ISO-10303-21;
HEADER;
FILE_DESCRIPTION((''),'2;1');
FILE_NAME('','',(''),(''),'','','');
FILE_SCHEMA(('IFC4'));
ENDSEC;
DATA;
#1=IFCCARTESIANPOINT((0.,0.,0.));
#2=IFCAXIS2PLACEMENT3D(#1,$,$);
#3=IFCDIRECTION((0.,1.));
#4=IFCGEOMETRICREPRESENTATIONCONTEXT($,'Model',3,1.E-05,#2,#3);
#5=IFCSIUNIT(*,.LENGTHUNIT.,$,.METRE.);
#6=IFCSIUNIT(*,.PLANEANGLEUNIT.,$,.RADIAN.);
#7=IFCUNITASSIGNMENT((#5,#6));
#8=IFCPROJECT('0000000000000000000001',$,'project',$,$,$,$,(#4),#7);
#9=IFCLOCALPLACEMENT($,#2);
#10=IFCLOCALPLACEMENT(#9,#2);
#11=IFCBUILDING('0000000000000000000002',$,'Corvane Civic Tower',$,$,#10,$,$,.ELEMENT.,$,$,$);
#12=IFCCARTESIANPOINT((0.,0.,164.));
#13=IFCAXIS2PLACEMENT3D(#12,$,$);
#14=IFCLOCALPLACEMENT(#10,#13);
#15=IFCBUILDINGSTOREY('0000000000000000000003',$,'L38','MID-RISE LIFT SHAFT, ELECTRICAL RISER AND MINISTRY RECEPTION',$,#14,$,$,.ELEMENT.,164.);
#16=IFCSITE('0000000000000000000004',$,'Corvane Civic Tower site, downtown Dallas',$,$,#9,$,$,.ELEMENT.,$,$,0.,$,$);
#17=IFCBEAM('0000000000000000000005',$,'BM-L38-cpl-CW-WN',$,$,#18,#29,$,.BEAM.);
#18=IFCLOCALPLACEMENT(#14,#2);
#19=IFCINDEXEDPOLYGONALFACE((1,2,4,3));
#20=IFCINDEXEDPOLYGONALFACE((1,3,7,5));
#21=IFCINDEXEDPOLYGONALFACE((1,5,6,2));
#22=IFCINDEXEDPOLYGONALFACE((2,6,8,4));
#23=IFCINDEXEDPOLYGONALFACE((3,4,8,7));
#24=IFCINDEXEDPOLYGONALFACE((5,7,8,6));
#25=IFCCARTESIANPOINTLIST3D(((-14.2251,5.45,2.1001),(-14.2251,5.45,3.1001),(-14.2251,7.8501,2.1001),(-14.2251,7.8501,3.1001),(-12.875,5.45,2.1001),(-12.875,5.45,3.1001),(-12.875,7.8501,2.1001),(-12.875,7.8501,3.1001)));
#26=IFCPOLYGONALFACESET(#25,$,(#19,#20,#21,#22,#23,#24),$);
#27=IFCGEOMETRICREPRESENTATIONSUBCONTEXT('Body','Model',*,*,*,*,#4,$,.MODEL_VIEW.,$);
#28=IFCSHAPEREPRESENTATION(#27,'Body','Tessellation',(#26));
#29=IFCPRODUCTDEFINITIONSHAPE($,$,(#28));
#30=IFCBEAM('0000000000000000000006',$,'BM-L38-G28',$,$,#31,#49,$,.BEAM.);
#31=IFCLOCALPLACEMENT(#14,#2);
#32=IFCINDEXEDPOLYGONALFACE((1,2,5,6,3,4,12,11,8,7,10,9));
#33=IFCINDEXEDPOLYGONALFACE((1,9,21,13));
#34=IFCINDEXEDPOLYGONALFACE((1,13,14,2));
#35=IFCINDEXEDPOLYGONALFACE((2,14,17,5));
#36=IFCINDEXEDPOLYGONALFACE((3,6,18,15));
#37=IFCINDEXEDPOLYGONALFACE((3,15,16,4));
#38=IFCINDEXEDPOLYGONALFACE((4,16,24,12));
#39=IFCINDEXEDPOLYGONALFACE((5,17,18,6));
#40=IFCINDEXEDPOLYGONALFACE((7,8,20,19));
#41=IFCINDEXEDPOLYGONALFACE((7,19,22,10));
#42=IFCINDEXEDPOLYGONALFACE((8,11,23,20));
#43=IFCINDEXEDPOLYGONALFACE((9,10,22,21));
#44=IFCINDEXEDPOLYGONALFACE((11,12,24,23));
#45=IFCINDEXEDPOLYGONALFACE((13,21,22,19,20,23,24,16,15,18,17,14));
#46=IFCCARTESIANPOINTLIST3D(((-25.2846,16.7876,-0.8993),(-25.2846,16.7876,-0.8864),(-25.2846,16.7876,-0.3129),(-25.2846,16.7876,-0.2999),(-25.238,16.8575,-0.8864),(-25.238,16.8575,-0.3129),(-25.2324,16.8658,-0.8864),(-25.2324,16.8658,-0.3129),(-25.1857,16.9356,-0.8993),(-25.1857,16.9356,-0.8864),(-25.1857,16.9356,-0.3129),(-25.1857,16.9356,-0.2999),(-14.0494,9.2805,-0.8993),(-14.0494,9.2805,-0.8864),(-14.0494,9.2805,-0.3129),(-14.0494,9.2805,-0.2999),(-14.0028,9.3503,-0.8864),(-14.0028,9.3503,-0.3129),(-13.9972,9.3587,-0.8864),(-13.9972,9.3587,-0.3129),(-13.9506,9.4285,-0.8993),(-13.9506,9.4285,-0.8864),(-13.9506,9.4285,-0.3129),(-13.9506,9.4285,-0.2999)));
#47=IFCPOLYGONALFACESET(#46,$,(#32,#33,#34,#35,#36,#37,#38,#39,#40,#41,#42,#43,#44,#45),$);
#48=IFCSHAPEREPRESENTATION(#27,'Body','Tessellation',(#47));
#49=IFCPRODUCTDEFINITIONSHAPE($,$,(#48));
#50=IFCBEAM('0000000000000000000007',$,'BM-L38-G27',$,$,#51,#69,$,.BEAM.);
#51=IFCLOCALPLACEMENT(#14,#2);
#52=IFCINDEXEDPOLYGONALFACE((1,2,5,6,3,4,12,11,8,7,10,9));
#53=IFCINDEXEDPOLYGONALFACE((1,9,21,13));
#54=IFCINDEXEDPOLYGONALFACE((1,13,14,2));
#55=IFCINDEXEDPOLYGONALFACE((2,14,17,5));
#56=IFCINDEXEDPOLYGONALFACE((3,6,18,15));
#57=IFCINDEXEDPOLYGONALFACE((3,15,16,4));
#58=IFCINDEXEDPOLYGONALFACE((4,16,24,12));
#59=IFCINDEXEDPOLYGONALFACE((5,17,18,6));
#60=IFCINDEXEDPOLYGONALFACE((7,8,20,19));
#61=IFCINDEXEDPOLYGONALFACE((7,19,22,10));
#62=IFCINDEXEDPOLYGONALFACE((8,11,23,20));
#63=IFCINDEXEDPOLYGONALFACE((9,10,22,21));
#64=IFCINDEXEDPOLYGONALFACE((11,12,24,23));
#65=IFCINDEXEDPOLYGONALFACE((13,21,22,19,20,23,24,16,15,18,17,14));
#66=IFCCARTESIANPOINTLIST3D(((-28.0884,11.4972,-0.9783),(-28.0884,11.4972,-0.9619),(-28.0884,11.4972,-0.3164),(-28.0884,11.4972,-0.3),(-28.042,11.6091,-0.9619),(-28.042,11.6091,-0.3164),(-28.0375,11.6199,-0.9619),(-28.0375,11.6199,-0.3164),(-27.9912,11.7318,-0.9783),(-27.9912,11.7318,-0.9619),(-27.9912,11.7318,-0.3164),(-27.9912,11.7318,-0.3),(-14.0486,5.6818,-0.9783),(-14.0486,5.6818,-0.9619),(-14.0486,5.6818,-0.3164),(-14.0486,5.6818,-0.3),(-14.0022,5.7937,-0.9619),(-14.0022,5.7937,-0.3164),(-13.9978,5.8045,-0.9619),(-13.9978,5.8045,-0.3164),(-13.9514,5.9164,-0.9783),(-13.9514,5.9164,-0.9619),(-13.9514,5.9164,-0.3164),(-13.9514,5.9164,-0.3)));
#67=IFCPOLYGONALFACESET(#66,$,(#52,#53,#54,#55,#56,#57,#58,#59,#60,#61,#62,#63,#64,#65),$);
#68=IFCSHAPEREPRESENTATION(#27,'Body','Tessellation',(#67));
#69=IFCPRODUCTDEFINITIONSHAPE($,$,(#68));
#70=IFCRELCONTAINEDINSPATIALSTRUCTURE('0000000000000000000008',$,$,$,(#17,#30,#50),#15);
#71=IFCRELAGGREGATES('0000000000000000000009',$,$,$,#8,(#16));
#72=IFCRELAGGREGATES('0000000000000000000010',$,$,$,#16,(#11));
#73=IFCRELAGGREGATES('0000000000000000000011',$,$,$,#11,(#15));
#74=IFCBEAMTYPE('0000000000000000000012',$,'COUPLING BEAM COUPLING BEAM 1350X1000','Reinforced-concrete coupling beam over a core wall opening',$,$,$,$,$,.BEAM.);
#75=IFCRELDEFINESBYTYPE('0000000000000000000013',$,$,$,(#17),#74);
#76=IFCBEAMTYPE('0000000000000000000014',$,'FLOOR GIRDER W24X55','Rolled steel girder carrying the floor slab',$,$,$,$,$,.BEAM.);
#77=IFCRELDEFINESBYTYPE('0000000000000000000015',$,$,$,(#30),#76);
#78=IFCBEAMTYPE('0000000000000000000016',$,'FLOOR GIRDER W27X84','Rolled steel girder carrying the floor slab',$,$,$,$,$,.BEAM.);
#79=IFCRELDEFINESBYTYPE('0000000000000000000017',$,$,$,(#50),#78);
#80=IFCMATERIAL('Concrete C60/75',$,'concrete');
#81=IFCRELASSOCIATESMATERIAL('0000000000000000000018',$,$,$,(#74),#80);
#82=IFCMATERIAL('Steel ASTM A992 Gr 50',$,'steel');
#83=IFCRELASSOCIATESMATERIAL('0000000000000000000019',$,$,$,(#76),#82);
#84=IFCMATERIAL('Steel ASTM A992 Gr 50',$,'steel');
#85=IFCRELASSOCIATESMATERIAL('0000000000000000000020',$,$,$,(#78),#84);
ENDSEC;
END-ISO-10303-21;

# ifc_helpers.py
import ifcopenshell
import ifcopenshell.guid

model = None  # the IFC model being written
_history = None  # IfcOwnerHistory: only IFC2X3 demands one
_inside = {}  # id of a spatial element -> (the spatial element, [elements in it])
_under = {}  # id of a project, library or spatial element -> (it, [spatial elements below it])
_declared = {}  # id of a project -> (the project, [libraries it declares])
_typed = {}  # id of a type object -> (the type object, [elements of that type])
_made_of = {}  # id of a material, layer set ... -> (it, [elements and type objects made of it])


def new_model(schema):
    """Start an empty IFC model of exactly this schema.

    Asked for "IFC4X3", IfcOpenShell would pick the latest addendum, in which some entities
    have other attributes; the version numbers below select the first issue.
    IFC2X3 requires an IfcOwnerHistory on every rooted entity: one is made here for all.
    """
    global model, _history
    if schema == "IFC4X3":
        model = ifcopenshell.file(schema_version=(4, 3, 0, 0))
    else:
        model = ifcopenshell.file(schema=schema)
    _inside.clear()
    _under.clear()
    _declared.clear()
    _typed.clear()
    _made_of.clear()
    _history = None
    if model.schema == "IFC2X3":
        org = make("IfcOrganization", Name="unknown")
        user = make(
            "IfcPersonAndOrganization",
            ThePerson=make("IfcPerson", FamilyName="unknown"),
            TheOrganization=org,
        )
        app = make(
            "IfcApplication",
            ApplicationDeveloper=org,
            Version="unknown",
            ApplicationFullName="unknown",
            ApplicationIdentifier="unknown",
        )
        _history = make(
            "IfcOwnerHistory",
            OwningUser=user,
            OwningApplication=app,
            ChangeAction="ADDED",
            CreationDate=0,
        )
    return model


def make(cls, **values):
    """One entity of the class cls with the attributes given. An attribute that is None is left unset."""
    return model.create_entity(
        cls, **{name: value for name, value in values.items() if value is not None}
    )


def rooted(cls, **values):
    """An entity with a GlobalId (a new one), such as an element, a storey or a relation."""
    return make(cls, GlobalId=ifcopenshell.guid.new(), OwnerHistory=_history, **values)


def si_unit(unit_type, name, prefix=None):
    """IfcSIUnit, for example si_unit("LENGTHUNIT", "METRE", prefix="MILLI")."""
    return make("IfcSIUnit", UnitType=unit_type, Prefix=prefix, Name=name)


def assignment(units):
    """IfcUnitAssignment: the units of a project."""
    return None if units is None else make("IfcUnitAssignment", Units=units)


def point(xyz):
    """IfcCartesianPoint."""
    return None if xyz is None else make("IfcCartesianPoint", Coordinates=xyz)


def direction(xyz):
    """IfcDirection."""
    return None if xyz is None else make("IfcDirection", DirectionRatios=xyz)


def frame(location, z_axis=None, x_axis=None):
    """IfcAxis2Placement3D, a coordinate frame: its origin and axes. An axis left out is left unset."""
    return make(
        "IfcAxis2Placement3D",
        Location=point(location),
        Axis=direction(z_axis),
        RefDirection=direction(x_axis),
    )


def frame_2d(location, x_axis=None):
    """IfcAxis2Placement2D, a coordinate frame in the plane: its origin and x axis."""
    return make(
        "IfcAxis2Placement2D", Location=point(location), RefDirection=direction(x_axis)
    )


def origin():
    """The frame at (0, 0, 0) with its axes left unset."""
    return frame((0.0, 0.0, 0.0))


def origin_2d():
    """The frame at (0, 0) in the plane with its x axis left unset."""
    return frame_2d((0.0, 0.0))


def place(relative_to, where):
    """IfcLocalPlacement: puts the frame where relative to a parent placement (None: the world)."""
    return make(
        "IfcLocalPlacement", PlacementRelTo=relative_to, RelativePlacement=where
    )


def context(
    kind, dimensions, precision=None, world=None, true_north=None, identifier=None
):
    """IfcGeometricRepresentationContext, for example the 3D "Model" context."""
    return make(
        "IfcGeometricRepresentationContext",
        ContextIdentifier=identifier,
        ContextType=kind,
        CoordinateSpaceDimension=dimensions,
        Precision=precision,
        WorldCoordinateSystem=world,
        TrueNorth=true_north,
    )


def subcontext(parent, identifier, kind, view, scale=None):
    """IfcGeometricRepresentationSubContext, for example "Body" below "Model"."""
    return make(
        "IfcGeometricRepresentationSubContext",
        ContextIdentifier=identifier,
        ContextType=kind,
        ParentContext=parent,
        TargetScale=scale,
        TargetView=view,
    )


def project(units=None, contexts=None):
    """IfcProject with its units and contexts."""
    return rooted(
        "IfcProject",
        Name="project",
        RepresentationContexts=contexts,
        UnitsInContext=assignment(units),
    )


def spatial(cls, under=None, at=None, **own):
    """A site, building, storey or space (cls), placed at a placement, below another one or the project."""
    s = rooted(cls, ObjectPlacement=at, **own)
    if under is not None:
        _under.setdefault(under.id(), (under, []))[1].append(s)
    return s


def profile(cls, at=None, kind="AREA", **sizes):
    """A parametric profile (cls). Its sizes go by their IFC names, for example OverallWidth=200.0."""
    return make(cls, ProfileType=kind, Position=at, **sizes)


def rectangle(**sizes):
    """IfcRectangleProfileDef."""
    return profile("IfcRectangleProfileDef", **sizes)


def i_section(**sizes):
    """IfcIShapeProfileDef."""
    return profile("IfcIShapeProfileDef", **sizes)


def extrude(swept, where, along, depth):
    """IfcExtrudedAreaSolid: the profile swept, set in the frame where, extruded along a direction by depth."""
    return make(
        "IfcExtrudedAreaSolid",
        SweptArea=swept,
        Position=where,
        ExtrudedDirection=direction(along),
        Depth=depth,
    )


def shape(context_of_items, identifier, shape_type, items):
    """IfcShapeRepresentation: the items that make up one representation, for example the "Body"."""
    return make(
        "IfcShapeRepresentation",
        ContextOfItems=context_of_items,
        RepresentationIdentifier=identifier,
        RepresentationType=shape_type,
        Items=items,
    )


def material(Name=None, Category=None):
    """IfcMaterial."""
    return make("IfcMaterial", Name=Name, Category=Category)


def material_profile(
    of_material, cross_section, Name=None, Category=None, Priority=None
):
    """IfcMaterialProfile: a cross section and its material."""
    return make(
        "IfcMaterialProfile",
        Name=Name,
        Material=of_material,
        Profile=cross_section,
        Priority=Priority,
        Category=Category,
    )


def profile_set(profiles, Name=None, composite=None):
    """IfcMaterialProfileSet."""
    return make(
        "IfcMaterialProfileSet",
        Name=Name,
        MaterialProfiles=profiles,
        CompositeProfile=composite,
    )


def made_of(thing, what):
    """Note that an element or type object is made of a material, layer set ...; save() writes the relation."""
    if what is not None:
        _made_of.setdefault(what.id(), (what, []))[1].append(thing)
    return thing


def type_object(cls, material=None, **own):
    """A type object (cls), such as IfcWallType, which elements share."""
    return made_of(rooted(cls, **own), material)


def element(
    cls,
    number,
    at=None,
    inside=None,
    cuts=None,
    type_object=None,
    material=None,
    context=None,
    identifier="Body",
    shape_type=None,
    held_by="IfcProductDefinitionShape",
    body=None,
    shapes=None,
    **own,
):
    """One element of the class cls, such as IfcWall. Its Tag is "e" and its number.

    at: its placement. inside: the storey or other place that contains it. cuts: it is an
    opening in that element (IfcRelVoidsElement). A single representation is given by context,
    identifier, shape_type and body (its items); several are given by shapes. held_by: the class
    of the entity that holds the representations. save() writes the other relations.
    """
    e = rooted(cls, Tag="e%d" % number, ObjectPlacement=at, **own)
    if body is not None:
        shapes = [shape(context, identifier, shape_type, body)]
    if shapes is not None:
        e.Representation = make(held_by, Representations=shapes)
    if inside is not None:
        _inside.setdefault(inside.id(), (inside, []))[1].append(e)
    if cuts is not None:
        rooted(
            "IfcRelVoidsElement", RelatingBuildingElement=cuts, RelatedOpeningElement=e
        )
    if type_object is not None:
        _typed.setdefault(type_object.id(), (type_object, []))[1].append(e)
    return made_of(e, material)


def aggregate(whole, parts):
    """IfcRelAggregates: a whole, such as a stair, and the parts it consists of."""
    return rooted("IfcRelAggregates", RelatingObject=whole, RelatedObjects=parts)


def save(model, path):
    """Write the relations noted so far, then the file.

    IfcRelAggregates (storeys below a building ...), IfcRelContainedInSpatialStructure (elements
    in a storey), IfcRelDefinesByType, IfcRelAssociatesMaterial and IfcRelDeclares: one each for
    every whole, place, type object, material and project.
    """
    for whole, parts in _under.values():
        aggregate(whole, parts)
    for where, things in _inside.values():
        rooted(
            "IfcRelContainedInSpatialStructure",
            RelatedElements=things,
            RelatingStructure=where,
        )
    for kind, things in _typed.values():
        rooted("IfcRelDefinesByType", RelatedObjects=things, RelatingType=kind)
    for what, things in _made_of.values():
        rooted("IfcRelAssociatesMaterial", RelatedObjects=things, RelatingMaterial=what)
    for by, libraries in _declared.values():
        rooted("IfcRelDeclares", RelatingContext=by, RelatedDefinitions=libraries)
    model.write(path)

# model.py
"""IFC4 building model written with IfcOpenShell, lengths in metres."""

from ifc_helpers import new_model, si_unit, direction, frame, origin, origin_2d, place, context, subcontext, project, spatial, rectangle, i_section, extrude, material, material_profile, profile_set, type_object, element, save


model = new_model("IFC4")

# Units and contexts
model_context = context("Model", 3, precision=1e-05, world=origin(), true_north=direction((0.0, 1.0)))
body_context = subcontext(model_context, "Body", "Model", "MODEL_VIEW")
ifc_project = project(units=[si_unit("LENGTHUNIT", "METRE"), si_unit("PLANEANGLEUNIT", "RADIAN")], contexts=[model_context])

# Site, building, storey
site_placement = place(None, origin())
site = spatial("IfcSite", under=ifc_project, at=site_placement, Name="Corvane Civic Tower site, downtown Dallas", CompositionType="ELEMENT", RefElevation=0.0)
building_placement = place(site_placement, origin())
building = spatial("IfcBuilding", under=site, at=building_placement, Name="Corvane Civic Tower", CompositionType="ELEMENT")
storey_placement = place(building_placement, frame((0.0, 0.0, 164.0)))
storey = spatial("IfcBuildingStorey", under=building, at=storey_placement, Name="L38", Description="MID-RISE LIFT SHAFT, ELECTRICAL RISER AND MINISTRY RECEPTION", CompositionType="ELEMENT", Elevation=164.0)

# Beams
ifc_material_1 = material(Name="Concrete C60/75", Category="concrete")
ifc_material_profile_1 = material_profile(ifc_material_1, rectangle(XDim=1.3501, YDim=1.0, at=origin_2d()), Name="COUPLING BEAM 1350X1000")
ifc_profile_set_1 = profile_set([ifc_material_profile_1], Name="Concrete C60/75")
beam_type_1 = type_object("IfcBeamType", Name="COUPLING BEAM COUPLING BEAM 1350X1000", Description="Reinforced-concrete coupling beam over a core wall opening", PredefinedType="BEAM", material=ifc_profile_set_1)
beam_1_placement = place(storey_placement, frame((-13.55, 5.45, 2.6001), z_axis=(0.0, 1.0, 0.0), x_axis=(-1.0, 0.0, 0.0)))
element("IfcBeam", 1, at=beam_1_placement, inside=storey, type_object=beam_type_1, Name="BM-L38-cpl-CW-WN", PredefinedType="BEAM", context=body_context, shape_type="SweptSolid", body=[
    extrude(rectangle(XDim=1.3501, YDim=1.0, at=origin_2d()), origin(), (0.0, 0.0, 1.0), 2.4001),
])
ifc_material_2 = material(Name="Steel ASTM A992 Gr 50", Category="steel")
ifc_material_profile_2 = material_profile(ifc_material_2, i_section(OverallWidth=0.178, OverallDepth=0.5994, WebThickness=0.01, FlangeThickness=0.0129, at=origin_2d()), Name="W24X55")
ifc_profile_set_2 = profile_set([ifc_material_profile_2], Name="Steel ASTM A992 Gr 50")
beam_type_2 = type_object("IfcBeamType", Name="FLOOR GIRDER W24X55", Description="Rolled steel girder carrying the floor slab", PredefinedType="BEAM", material=ifc_profile_set_2)
beam_2_placement = place(storey_placement, frame((-14.0, 9.3545, -0.5996), z_axis=(-0.831469, 0.555571, 0.0), x_axis=(-0.555571, -0.831469, 0.0)))
element("IfcBeam", 2, at=beam_2_placement, inside=storey, type_object=beam_type_2, Name="BM-L38-G28", PredefinedType="BEAM", context=body_context, shape_type="SweptSolid", body=[
    extrude(i_section(OverallWidth=0.178, OverallDepth=0.5994, WebThickness=0.01, FlangeThickness=0.0129, at=origin_2d()), origin(), (0.0, 0.0, 1.0), 13.5125),
])
ifc_material_3 = material(Name="Steel ASTM A992 Gr 50", Category="steel")
ifc_material_profile_3 = material_profile(ifc_material_3, i_section(OverallWidth=0.2539, OverallDepth=0.6782, WebThickness=0.0117, FlangeThickness=0.0164, at=origin_2d()), Name="W27X84")
ifc_profile_set_3 = profile_set([ifc_material_profile_3], Name="Steel ASTM A992 Gr 50")
beam_type_3 = type_object("IfcBeamType", Name="FLOOR GIRDER W27X84", Description="Rolled steel girder carrying the floor slab", PredefinedType="BEAM", material=ifc_profile_set_3)
beam_3_placement = place(storey_placement, frame((-14.0, 5.7991, -0.6392), z_axis=(-0.923881, 0.382681, 0.0), x_axis=(-0.382681, -0.923881, 0.0)))
element("IfcBeam", 3, at=beam_3_placement, inside=storey, type_object=beam_type_3, Name="BM-L38-G27", PredefinedType="BEAM", context=body_context, shape_type="SweptSolid", body=[
    extrude(i_section(OverallWidth=0.2539, OverallDepth=0.6782, WebThickness=0.0117, FlangeThickness=0.0164, at=origin_2d()), origin(), (0.0, 0.0, 1.0), 15.1965),
])

save(model, "model.ifc")
